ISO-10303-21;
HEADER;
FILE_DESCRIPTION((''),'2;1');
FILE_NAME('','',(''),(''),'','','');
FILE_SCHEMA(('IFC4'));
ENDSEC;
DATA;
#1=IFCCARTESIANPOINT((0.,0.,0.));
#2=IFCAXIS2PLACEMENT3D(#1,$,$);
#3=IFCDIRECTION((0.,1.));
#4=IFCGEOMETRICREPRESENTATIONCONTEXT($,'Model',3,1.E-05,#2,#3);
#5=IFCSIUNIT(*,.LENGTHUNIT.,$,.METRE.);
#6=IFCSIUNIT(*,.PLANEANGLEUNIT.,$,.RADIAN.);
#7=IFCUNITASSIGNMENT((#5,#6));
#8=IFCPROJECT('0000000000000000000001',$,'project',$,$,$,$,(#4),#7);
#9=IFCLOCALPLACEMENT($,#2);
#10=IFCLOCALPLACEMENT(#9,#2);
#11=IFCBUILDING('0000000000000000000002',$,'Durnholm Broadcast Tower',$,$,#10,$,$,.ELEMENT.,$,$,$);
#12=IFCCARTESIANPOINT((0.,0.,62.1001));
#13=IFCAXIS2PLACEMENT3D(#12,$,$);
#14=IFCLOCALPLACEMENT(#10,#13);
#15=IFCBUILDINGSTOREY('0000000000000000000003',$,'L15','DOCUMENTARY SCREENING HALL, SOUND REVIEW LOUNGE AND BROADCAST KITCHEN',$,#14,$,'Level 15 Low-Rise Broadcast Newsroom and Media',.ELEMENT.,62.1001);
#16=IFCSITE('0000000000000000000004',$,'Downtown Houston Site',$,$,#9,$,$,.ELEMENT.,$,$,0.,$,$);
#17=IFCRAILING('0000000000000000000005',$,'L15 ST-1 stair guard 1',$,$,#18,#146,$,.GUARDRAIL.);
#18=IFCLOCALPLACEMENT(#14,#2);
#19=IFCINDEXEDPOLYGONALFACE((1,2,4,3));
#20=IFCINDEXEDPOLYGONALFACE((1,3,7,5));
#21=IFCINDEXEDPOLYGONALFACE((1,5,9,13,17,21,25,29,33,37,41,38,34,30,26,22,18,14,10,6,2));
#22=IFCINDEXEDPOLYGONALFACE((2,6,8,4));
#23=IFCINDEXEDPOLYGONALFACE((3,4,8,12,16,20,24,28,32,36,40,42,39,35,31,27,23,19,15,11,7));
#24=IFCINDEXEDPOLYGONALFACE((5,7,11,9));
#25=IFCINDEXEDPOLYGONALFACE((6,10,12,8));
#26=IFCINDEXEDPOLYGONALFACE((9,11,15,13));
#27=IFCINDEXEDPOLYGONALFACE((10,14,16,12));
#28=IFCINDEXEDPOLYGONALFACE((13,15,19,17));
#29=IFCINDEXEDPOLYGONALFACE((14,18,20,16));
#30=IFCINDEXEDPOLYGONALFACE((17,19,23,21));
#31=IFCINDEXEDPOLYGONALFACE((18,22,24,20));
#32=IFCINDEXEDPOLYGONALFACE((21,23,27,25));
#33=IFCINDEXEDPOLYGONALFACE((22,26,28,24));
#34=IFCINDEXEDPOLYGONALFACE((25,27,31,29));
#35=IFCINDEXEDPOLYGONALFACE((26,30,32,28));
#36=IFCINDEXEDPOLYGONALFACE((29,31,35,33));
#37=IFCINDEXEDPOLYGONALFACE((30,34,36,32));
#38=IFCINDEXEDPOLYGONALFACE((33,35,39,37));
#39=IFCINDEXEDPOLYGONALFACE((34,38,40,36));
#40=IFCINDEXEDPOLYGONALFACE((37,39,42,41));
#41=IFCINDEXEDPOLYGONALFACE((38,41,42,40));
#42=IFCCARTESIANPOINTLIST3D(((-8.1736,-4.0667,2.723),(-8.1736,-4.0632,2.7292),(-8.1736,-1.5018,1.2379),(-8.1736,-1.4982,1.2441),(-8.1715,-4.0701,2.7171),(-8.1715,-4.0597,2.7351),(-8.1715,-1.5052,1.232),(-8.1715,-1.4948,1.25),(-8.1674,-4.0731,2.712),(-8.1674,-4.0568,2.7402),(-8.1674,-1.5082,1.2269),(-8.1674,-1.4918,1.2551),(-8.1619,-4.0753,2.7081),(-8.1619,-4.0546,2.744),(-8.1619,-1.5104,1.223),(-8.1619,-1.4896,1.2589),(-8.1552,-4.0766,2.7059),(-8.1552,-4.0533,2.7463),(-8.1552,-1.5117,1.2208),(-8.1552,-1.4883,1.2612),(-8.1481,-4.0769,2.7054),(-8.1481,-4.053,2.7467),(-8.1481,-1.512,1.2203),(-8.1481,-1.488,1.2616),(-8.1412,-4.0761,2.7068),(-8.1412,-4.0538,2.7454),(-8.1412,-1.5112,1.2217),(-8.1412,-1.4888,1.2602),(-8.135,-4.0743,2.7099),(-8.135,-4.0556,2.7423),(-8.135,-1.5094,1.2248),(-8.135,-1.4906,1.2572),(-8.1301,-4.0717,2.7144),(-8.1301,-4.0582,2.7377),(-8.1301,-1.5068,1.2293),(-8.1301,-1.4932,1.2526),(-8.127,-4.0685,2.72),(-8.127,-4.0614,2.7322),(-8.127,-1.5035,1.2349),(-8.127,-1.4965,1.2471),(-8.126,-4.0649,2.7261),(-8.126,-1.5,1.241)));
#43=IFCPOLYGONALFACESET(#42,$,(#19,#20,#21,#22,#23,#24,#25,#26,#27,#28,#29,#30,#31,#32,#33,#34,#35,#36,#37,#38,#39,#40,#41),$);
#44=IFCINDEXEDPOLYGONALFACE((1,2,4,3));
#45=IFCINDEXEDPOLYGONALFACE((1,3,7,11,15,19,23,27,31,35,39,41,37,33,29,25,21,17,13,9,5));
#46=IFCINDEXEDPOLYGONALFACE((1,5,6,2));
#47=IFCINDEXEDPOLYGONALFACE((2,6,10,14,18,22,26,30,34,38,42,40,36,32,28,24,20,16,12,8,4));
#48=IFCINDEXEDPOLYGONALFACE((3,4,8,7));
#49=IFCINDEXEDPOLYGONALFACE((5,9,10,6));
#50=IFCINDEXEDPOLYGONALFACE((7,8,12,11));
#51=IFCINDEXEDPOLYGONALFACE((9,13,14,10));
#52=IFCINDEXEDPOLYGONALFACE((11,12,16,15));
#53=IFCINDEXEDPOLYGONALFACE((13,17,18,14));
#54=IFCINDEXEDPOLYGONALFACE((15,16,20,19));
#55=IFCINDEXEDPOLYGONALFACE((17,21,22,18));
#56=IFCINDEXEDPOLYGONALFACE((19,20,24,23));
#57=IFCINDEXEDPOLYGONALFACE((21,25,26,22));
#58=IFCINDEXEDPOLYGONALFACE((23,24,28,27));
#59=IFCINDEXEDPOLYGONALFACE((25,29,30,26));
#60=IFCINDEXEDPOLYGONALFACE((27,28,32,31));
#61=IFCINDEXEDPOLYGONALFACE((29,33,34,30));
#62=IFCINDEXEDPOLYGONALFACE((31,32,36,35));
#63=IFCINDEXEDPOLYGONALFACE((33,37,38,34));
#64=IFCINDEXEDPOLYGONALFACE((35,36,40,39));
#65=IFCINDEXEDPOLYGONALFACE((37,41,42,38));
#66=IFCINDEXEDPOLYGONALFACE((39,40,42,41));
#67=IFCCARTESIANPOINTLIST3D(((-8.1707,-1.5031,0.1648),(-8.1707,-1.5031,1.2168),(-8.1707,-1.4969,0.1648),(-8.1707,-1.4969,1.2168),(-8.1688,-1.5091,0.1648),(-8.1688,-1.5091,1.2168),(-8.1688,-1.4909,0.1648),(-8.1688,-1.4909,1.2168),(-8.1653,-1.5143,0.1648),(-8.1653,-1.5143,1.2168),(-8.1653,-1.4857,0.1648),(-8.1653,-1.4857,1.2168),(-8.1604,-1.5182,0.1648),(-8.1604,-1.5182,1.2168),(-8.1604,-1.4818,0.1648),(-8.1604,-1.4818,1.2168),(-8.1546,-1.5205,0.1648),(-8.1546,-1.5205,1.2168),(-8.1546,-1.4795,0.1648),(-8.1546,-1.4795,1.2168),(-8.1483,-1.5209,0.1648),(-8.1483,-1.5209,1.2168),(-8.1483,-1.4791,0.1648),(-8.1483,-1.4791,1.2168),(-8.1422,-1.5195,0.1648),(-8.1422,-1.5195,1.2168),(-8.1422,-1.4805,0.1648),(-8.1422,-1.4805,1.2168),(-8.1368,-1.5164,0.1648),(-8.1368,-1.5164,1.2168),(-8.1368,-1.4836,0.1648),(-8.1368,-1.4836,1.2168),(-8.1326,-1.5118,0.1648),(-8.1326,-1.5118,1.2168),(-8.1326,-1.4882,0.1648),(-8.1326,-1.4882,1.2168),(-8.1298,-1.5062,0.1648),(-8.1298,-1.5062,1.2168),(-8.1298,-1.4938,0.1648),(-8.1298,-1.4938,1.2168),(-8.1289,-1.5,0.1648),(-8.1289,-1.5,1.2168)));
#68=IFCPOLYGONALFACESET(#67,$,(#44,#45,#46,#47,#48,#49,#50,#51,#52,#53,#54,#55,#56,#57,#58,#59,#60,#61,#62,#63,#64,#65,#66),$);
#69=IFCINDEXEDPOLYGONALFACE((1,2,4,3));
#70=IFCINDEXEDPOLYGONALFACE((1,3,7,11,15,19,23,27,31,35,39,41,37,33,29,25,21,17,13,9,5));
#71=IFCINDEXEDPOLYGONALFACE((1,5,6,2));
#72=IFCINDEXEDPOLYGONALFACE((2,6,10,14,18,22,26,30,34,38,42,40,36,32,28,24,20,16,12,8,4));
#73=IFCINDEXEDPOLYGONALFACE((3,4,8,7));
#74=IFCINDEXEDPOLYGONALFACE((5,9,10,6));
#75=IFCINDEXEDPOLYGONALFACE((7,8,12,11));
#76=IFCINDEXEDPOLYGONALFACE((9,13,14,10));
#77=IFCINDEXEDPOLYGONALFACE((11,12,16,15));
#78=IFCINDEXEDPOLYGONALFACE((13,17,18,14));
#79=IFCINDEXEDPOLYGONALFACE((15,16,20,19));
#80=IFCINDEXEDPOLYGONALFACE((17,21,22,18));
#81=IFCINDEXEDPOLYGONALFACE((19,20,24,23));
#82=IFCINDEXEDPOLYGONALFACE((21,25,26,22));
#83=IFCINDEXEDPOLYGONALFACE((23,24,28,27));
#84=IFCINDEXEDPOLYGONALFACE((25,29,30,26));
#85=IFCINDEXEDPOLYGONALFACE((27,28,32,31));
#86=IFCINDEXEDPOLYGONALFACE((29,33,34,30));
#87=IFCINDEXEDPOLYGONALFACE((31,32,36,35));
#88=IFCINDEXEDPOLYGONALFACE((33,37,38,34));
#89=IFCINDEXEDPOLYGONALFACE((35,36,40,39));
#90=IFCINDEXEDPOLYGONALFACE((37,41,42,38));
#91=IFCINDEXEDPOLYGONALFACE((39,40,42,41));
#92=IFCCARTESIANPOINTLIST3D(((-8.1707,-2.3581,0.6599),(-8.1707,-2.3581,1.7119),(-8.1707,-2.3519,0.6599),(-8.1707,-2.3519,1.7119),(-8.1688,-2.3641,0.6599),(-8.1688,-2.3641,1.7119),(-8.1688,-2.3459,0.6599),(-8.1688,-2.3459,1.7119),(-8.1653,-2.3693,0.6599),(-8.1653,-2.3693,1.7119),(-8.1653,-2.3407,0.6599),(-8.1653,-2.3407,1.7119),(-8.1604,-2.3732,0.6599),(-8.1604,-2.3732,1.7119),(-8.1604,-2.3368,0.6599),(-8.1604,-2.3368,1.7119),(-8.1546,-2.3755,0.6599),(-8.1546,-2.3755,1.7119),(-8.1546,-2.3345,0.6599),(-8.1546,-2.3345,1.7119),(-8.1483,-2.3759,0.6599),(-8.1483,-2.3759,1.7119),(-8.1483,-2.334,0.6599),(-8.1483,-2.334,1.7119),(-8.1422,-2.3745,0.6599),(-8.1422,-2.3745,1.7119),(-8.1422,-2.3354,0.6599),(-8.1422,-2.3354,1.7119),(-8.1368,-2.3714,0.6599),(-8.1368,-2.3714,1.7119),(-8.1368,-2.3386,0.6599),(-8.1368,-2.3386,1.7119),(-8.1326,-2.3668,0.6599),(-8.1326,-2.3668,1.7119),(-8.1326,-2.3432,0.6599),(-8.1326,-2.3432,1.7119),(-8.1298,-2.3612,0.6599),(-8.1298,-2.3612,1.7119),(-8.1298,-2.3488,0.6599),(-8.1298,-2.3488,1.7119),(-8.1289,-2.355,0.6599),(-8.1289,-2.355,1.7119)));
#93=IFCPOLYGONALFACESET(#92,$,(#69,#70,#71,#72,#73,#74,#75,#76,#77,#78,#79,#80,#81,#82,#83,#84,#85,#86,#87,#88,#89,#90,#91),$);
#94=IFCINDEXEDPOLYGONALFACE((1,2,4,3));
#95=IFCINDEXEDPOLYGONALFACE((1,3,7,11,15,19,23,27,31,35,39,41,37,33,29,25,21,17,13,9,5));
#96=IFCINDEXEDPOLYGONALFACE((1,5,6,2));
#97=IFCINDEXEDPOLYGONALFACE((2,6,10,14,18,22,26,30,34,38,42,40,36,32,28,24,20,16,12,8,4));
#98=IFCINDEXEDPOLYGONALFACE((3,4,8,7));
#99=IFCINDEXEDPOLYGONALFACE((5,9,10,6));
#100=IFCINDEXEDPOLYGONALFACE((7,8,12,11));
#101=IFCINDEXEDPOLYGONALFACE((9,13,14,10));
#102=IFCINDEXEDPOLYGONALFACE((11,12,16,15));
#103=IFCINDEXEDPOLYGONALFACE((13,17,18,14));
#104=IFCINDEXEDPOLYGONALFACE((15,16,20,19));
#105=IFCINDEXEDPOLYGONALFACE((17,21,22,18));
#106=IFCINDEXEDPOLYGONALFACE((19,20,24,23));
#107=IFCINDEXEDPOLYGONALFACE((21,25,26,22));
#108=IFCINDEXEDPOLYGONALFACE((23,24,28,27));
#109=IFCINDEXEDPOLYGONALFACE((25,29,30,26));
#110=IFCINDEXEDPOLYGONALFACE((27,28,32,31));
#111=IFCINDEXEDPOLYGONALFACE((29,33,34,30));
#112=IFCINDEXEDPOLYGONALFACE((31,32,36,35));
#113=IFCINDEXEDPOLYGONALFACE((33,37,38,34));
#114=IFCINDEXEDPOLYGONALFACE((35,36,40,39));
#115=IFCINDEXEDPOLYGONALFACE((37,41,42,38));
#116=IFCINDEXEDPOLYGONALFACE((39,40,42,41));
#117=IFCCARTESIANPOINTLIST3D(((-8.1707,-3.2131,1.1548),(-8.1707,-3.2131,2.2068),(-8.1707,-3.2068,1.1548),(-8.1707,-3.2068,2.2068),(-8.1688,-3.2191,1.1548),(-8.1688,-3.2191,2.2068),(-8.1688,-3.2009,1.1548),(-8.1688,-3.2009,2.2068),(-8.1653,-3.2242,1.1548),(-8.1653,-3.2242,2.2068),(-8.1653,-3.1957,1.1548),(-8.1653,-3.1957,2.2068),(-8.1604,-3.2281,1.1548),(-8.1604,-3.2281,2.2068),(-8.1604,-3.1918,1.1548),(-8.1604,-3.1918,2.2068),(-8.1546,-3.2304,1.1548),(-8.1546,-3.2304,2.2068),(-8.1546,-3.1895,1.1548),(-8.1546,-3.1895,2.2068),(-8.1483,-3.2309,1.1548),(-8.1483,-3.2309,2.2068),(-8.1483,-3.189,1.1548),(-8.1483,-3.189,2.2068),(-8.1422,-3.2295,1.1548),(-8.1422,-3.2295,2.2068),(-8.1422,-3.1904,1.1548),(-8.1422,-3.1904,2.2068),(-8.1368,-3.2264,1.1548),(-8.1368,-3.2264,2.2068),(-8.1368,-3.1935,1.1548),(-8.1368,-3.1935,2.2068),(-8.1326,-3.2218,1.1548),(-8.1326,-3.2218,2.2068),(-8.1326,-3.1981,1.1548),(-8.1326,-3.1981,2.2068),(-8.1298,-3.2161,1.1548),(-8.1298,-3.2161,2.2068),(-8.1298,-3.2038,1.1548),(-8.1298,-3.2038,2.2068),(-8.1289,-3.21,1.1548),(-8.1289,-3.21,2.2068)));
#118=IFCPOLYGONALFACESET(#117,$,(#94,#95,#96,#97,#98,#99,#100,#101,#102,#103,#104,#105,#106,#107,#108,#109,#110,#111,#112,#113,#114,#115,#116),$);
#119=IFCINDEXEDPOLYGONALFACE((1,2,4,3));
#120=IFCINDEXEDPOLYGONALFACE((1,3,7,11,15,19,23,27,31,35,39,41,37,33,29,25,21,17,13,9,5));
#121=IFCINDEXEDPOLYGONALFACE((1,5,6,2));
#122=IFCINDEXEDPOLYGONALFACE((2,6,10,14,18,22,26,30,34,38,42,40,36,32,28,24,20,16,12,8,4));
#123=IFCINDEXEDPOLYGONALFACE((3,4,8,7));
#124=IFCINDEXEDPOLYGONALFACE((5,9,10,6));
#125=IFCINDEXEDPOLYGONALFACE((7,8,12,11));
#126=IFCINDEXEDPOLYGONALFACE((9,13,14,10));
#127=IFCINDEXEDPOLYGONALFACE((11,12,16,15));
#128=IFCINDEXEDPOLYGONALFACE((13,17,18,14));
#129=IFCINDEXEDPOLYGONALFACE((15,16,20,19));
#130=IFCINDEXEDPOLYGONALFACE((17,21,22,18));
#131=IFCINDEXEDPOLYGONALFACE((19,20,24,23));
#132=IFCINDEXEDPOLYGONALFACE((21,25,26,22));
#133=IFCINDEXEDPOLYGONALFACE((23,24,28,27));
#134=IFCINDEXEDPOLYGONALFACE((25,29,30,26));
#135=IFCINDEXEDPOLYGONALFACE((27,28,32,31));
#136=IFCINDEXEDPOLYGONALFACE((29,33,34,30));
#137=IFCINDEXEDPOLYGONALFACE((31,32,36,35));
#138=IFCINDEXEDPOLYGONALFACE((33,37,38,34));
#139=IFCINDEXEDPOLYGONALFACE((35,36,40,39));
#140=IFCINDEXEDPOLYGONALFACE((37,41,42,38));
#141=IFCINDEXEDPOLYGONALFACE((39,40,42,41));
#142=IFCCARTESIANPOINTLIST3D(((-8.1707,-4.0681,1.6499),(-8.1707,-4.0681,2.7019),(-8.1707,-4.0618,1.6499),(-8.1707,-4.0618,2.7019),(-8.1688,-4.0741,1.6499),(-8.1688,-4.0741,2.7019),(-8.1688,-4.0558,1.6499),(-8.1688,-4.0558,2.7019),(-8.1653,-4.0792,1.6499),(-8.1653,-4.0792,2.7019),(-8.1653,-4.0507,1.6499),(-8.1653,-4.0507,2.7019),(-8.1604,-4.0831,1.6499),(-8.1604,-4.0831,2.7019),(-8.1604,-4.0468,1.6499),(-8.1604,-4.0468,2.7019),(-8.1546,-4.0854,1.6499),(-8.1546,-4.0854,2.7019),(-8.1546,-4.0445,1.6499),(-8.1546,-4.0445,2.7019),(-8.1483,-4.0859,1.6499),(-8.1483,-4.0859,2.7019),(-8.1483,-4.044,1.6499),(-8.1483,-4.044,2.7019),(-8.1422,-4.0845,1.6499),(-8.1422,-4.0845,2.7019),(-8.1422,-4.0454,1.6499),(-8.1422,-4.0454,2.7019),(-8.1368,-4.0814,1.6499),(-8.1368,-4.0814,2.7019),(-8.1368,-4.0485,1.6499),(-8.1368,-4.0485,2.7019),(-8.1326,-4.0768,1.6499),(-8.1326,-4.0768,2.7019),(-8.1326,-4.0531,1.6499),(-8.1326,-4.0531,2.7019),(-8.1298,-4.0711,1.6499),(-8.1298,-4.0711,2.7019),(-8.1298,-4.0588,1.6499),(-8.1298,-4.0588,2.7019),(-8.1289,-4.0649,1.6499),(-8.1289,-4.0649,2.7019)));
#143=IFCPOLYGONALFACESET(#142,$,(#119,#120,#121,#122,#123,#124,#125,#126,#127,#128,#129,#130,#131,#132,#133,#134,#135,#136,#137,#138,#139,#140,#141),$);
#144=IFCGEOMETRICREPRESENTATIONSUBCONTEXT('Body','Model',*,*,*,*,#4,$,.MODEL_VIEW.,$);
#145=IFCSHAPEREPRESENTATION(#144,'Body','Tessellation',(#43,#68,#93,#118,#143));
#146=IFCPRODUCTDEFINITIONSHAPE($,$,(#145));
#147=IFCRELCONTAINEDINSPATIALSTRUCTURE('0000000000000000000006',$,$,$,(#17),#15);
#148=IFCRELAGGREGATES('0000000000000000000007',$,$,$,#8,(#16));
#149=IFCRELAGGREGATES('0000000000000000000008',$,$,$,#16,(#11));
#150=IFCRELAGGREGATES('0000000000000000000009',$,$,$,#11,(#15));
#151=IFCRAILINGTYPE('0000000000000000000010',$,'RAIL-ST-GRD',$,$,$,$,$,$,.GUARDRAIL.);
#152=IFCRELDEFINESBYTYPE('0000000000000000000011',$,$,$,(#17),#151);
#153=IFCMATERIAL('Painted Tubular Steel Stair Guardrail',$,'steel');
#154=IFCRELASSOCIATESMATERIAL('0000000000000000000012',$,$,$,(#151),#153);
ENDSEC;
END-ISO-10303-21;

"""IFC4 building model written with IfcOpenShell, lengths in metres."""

from ifc_helpers import new_model, si_unit, direction, frame, origin, origin_2d, place, context, subcontext, project, spatial, circle, extrude, material, type_object, element, save


model = new_model("IFC4")

# Units and contexts
model_context = context("Model", 3, precision=1e-05, world=origin(), true_north=direction((0.0, 1.0)))
body_context = subcontext(model_context, "Body", "Model", "MODEL_VIEW")
ifc_project = project(units=[si_unit("LENGTHUNIT", "METRE"), si_unit("PLANEANGLEUNIT", "RADIAN")], contexts=[model_context])

# Site, building, storey
site_placement = place(None, origin())
site = spatial("IfcSite", under=ifc_project, at=site_placement, Name="Downtown Houston Site", CompositionType="ELEMENT", RefElevation=0.0)
building_placement = place(site_placement, origin())
building = spatial("IfcBuilding", under=site, at=building_placement, Name="Durnholm Broadcast Tower", CompositionType="ELEMENT")
storey_placement = place(building_placement, frame((0.0, 0.0, 62.1001)))
storey = spatial("IfcBuildingStorey", under=building, at=storey_placement, Name="L15", Description="DOCUMENTARY SCREENING HALL, SOUND REVIEW LOUNGE AND BROADCAST KITCHEN", LongName="Level 15 Low-Rise Broadcast Newsroom and Media", CompositionType="ELEMENT", Elevation=62.1001)

# Railing
ifc_material_1 = material(Name="Painted Tubular Steel Stair Guardrail", Category="steel")
railing_type_1 = type_object("IfcRailingType", Name="RAIL-ST-GRD", PredefinedType="GUARDRAIL", material=ifc_material_1)
railing_1_placement = place(storey_placement, frame((-8.1499, -1.5, 0.1648)))
element("IfcRailing", 1, at=railing_1_placement, inside=storey, type_object=railing_type_1, Name="L15 ST-1 stair guard 1", PredefinedType="GUARDRAIL", context=body_context, shape_type="SweptSolid", body=[
    extrude(circle(Radius=0.0239, at=origin_2d()), frame((0.0, 0.0, 1.0762), z_axis=(0.0, -0.865406, 0.501072), x_axis=(1.0, 0.0, 0.0)), (0.0, 0.0, 1.0), 2.9639),
    extrude(circle(Radius=0.021, at=origin_2d()), origin(), (0.0, 0.0, 1.0), 1.052),
    extrude(circle(Radius=0.021, at=origin_2d()), frame((0.0, -0.855, 0.4951)), (0.0, 0.0, 1.0), 1.052),
    extrude(circle(Radius=0.021, at=origin_2d()), frame((0.0, -1.71, 0.99)), (0.0, 0.0, 1.0), 1.052),
    extrude(circle(Radius=0.021, at=origin_2d()), frame((0.0, -2.5649, 1.4851)), (0.0, 0.0, 1.0), 1.052),
])

save(model, "model.ifc")
